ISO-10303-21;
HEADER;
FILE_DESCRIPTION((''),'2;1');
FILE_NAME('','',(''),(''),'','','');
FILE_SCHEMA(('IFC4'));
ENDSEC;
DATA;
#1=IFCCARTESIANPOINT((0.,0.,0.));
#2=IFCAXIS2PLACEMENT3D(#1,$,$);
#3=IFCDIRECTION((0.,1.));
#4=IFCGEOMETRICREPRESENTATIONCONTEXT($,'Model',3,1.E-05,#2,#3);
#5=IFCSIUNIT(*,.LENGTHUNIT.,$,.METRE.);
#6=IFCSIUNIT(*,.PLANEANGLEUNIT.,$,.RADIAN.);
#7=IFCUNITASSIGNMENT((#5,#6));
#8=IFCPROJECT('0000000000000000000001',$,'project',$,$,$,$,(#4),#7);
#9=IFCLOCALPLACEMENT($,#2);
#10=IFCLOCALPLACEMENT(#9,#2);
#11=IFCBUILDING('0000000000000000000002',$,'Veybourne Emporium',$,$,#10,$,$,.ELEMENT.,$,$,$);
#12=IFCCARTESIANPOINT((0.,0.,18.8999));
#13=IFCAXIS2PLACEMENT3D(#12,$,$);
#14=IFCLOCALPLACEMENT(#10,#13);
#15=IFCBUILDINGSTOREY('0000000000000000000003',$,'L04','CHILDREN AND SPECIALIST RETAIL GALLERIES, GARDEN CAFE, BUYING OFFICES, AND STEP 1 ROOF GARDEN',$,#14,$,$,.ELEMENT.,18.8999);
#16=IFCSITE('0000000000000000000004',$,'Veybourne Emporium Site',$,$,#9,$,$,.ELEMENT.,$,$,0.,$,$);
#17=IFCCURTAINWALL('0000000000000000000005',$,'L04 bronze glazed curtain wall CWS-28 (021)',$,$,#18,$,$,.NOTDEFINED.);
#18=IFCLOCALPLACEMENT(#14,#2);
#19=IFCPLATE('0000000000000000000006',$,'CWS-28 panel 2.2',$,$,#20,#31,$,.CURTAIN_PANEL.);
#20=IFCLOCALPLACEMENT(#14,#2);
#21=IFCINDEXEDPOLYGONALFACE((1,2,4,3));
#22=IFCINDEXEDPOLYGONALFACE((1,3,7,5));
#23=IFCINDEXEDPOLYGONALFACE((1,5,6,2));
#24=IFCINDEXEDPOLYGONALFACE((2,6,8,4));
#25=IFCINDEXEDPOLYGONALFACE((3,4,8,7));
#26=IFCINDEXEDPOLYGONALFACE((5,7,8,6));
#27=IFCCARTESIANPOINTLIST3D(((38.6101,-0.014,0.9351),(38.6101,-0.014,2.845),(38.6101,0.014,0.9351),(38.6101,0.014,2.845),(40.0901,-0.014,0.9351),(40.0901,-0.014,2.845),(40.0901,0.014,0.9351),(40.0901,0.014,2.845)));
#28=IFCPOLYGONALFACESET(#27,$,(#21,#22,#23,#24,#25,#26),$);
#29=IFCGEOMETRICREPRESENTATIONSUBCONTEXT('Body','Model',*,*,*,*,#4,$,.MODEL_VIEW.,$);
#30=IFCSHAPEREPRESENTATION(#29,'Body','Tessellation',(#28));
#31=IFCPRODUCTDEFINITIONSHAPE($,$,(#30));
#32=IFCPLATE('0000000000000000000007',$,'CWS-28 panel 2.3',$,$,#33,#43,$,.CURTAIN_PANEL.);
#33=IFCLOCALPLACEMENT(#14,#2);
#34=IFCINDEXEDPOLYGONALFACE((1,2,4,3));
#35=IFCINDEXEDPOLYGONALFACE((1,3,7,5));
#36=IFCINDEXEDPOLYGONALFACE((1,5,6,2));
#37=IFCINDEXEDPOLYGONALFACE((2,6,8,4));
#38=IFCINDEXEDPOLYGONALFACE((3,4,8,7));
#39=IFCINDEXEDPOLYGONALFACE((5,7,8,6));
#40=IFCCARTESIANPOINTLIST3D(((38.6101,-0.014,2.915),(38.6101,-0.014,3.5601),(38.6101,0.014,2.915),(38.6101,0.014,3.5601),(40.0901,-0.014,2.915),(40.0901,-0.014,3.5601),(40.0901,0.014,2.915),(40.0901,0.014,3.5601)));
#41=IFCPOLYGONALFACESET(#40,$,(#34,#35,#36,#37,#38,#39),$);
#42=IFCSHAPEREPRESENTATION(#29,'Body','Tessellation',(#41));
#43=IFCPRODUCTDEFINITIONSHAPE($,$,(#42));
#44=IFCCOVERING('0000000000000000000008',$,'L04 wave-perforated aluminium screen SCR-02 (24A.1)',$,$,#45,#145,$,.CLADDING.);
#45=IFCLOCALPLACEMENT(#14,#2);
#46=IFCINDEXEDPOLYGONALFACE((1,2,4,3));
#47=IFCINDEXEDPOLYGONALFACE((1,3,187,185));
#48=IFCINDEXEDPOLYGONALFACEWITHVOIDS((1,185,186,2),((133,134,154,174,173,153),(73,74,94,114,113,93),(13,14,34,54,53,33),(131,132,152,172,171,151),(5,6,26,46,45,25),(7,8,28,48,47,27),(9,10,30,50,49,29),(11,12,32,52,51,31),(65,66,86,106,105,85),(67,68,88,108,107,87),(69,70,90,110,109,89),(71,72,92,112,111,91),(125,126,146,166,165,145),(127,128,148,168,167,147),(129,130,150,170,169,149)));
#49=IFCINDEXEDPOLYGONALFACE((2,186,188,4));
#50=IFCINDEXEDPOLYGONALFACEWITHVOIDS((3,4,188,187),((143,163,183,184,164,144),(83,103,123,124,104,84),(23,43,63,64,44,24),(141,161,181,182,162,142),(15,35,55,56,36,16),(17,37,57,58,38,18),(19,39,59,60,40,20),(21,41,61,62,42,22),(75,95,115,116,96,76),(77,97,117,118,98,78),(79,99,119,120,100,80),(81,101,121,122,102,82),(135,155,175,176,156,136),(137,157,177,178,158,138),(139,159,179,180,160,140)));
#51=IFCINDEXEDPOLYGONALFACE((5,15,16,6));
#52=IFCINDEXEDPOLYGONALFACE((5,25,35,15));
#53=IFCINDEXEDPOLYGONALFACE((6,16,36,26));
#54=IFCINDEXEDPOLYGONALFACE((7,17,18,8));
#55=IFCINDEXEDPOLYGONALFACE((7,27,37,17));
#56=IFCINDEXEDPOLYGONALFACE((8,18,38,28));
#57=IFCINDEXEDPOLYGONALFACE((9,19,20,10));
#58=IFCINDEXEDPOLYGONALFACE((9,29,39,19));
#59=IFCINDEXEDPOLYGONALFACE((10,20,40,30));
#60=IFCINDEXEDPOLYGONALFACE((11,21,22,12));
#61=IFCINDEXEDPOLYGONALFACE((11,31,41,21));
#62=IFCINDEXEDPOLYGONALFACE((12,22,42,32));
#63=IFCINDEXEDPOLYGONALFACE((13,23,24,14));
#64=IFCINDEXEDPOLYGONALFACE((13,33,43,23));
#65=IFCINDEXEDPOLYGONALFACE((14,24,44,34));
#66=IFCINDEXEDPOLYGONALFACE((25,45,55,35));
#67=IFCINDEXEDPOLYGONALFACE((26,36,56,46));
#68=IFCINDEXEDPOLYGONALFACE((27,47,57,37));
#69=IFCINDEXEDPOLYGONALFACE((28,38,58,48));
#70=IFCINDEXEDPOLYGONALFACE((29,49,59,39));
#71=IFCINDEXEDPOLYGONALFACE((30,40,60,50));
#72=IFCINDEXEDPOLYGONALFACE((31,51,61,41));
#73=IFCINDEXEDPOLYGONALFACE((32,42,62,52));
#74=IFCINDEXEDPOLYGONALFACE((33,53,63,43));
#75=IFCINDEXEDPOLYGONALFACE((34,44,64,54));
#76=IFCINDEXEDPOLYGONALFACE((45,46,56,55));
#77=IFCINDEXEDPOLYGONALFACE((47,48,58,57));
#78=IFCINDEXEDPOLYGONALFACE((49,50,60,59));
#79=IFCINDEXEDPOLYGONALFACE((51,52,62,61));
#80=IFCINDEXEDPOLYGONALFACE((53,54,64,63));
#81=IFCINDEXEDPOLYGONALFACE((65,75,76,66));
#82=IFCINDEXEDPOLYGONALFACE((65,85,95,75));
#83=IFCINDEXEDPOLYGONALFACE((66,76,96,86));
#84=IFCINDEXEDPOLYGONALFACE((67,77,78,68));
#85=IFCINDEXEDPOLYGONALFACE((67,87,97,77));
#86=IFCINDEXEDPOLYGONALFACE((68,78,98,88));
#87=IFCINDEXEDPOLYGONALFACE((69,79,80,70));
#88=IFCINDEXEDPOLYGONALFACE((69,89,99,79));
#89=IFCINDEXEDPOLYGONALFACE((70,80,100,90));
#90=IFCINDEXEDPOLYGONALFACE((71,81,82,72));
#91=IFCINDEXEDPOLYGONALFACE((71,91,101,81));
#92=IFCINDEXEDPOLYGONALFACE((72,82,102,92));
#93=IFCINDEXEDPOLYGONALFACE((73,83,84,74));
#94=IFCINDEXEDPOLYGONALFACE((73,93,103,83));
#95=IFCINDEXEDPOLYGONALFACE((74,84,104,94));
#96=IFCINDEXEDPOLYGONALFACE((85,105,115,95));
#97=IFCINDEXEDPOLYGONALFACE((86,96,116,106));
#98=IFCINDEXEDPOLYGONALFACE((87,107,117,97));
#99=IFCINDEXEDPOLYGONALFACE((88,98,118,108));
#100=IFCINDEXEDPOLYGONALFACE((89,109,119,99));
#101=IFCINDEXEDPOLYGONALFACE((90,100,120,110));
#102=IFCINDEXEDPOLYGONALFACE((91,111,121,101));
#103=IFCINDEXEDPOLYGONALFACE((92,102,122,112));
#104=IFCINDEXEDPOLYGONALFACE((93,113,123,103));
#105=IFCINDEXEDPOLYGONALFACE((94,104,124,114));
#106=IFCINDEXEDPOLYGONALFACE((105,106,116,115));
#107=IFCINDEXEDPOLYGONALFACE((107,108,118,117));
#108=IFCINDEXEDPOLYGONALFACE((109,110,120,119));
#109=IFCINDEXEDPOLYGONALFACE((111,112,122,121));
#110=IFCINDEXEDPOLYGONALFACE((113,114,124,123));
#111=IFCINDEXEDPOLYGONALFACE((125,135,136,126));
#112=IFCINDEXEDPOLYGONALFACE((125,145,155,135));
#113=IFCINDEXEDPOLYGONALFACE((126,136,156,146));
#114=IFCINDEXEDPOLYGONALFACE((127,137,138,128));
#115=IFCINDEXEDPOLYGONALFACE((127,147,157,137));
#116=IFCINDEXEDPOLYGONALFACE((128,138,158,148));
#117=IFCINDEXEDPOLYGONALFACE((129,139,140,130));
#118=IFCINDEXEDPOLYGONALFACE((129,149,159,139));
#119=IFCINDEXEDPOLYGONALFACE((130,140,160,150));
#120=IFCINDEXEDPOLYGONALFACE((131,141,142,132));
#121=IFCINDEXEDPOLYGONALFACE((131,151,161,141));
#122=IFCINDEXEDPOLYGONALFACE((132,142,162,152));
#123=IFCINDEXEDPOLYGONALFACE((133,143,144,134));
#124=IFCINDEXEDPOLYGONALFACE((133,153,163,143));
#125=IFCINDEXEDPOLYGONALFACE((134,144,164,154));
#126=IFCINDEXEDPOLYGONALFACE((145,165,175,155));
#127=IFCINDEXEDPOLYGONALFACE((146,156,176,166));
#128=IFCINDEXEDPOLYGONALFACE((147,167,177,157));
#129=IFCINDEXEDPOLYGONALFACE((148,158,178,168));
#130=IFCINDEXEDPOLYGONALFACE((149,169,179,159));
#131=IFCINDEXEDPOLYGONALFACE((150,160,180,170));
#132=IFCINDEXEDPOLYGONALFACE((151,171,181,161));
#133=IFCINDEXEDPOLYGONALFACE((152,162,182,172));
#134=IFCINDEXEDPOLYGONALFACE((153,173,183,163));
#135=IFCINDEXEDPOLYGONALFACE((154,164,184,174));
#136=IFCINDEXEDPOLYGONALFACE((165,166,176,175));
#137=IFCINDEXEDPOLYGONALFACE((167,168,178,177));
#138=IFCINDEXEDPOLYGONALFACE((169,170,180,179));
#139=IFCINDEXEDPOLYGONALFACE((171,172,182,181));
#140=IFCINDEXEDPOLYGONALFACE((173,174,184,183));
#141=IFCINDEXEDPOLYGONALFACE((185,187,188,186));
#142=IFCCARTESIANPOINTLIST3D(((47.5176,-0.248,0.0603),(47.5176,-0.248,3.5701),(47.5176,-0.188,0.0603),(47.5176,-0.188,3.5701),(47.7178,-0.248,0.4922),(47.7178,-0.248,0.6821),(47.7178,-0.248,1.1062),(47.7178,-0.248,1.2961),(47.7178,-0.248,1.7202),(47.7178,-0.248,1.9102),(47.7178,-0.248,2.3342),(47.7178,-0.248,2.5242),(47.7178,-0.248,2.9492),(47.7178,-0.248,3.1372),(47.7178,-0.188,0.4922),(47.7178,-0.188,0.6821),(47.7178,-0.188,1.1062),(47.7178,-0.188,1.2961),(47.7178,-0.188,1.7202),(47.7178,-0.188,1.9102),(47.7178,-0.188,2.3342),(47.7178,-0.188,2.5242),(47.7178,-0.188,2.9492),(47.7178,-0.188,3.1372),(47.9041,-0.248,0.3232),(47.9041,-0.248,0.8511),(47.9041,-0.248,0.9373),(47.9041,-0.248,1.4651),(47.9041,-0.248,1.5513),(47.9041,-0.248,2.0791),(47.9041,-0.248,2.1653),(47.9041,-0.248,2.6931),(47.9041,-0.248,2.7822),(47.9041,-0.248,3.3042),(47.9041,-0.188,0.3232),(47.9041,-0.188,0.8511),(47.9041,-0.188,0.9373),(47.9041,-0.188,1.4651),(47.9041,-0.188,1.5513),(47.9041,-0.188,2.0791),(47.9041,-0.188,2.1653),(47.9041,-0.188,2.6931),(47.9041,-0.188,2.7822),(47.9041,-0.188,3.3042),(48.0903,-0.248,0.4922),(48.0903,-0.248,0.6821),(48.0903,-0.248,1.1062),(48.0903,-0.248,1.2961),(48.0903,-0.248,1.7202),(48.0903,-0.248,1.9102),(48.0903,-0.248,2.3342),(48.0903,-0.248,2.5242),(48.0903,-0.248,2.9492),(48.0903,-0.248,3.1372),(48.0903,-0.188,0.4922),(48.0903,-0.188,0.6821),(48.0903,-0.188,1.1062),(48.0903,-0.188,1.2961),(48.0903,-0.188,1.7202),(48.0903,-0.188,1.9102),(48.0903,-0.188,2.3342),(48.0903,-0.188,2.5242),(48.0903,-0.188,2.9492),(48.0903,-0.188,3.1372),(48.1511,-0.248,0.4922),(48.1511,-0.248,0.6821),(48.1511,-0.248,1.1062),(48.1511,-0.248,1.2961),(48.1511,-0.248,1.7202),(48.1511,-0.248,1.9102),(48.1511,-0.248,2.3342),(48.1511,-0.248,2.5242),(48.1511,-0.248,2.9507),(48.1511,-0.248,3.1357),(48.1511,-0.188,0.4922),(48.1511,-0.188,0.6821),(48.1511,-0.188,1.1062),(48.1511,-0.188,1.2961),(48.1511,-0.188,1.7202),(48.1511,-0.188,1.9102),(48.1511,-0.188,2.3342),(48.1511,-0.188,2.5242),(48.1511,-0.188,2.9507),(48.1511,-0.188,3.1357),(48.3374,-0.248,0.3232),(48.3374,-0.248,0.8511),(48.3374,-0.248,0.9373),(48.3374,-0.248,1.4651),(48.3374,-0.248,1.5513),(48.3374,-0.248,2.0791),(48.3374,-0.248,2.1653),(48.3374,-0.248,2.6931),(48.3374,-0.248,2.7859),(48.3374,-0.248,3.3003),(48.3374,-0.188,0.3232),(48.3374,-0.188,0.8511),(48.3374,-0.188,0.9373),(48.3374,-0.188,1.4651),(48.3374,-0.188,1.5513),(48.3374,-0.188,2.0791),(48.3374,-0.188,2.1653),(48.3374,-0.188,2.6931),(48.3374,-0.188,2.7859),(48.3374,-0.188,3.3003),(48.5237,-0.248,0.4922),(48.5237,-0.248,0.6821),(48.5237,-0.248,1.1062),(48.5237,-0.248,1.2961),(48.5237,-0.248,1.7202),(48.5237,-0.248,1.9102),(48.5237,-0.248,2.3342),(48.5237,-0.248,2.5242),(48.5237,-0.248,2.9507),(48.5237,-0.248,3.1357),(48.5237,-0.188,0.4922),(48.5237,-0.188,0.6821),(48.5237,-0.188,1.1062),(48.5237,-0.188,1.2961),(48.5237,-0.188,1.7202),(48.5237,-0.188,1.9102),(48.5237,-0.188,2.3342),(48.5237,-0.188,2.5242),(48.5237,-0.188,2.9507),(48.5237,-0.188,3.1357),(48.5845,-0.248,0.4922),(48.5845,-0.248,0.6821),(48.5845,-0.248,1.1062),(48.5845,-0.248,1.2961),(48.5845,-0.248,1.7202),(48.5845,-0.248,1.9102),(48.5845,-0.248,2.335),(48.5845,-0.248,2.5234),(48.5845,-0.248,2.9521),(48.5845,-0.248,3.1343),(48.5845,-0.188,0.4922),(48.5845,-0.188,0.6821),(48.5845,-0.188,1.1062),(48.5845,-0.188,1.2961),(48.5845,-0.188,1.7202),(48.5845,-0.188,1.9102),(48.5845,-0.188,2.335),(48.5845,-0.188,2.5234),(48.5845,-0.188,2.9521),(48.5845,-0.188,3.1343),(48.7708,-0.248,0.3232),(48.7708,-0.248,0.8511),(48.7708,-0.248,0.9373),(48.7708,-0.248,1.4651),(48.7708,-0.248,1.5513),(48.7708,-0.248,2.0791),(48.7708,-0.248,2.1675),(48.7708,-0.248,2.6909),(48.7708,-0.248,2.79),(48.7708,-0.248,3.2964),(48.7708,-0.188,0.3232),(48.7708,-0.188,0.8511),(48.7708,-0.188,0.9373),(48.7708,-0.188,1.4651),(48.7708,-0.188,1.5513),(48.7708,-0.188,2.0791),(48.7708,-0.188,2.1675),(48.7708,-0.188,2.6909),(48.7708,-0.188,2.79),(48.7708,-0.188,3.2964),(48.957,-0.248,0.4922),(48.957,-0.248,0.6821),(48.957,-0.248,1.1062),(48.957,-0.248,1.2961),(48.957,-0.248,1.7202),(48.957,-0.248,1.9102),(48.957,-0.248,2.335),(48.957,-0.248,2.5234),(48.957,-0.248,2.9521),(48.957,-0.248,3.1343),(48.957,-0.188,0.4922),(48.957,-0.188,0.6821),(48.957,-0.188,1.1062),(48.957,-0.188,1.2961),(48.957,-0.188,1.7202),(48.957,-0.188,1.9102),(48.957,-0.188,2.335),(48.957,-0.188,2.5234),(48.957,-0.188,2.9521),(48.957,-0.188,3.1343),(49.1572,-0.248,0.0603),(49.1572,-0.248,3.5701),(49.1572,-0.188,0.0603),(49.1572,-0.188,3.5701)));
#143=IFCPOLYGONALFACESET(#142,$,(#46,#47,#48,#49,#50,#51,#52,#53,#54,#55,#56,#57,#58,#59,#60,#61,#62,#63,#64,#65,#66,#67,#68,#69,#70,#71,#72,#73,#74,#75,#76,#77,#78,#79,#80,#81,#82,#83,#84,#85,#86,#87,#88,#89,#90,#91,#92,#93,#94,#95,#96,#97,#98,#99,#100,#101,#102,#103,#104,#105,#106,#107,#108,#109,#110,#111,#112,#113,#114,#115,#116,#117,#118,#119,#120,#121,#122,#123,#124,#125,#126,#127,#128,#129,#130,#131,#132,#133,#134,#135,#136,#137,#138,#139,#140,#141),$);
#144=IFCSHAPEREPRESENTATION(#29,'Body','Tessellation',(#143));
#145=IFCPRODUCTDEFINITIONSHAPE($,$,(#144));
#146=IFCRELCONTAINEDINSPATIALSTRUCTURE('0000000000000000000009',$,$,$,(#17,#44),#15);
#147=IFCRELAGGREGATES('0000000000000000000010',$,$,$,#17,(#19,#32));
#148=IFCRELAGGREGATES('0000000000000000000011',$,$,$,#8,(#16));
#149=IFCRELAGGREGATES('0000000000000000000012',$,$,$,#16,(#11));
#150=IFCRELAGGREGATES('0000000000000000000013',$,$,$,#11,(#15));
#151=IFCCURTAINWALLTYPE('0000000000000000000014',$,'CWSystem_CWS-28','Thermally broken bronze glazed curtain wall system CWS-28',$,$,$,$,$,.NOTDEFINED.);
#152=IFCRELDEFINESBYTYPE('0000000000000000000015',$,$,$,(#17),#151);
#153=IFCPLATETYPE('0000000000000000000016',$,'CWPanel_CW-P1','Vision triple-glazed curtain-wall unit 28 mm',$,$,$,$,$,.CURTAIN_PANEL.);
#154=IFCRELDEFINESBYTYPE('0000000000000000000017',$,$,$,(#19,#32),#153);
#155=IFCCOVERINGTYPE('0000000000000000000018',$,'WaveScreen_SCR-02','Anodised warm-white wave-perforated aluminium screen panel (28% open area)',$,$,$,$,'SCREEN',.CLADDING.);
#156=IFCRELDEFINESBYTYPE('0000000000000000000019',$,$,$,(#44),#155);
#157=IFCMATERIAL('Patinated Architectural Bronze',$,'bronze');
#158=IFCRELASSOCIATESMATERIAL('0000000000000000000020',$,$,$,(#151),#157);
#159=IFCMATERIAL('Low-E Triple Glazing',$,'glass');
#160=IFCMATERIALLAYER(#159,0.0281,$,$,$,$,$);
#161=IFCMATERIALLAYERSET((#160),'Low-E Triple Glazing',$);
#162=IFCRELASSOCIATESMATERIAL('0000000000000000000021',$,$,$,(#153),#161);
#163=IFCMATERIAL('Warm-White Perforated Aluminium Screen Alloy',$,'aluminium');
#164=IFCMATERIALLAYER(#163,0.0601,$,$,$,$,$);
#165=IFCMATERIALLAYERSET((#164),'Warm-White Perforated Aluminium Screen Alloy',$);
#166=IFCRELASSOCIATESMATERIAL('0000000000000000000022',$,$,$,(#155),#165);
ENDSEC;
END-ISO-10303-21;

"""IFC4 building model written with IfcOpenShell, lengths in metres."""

from ifc_helpers import new_model, si_unit, direction, frame, origin, origin_2d, place, context, subcontext, project, spatial, polyline, rectangle, outline, extrude, material, layer, layer_set, type_object, element, aggregate, save


model = new_model("IFC4")

# Units and contexts
model_context = context("Model", 3, precision=1e-05, world=origin(), true_north=direction((0.0, 1.0)))
body_context = subcontext(model_context, "Body", "Model", "MODEL_VIEW")
ifc_project = project(units=[si_unit("LENGTHUNIT", "METRE"), si_unit("PLANEANGLEUNIT", "RADIAN")], contexts=[model_context])

# Site, building, storey
site_placement = place(None, origin())
site = spatial("IfcSite", under=ifc_project, at=site_placement, Name="Veybourne Emporium Site", CompositionType="ELEMENT", RefElevation=0.0)
building_placement = place(site_placement, origin())
building = spatial("IfcBuilding", under=site, at=building_placement, Name="Veybourne Emporium", CompositionType="ELEMENT")
storey_placement = place(building_placement, frame((0.0, 0.0, 18.8999)))
storey = spatial("IfcBuildingStorey", under=building, at=storey_placement, Name="L04", Description="CHILDREN AND SPECIALIST RETAIL GALLERIES, GARDEN CAFE, BUYING OFFICES, AND STEP 1 ROOF GARDEN", CompositionType="ELEMENT", Elevation=18.8999)

# Curtain wall, plates
ifc_material_1 = material(Name="Patinated Architectural Bronze", Category="bronze")
curtain_wall_type = type_object("IfcCurtainWallType", Name="CWSystem_CWS-28", Description="Thermally broken bronze glazed curtain wall system CWS-28", PredefinedType="NOTDEFINED", material=ifc_material_1)
curtain_wall_placement = place(storey_placement, origin())
curtain_wall = element("IfcCurtainWall", 1, at=curtain_wall_placement, inside=storey, type_object=curtain_wall_type, Name="L04 bronze glazed curtain wall CWS-28 (021)", PredefinedType="NOTDEFINED")
ifc_material_2 = material(Name="Low-E Triple Glazing", Category="glass")
ifc_layer_1 = layer(ifc_material_2, 0.0281)
ifc_layer_set_1 = layer_set([ifc_layer_1], Name="Low-E Triple Glazing")
plate_type = type_object("IfcPlateType", Name="CWPanel_CW-P1", Description="Vision triple-glazed curtain-wall unit 28 mm", PredefinedType="CURTAIN_PANEL", material=ifc_layer_set_1)
plate_1_placement = place(storey_placement, frame((39.3501, 0.0, 0.9351), z_axis=(0.0, 0.0, 1.0), x_axis=(-1.0, 0.0, 0.0)))
plate_1 = element("IfcPlate", 2, at=plate_1_placement, type_object=plate_type, Name="CWS-28 panel 2.2", PredefinedType="CURTAIN_PANEL", context=body_context, shape_type="SweptSolid", body=[
    extrude(rectangle(XDim=1.48, YDim=0.0281, at=origin_2d()), origin(), (0.0, 0.0, 1.0), 1.9099),
])
plate_2_placement = place(storey_placement, frame((39.3501, 0.0, 2.915), z_axis=(0.0, 0.0, 1.0), x_axis=(-1.0, 0.0, 0.0)))
plate_2 = element("IfcPlate", 3, at=plate_2_placement, type_object=plate_type, Name="CWS-28 panel 2.3", PredefinedType="CURTAIN_PANEL", context=body_context, shape_type="SweptSolid", body=[
    extrude(rectangle(XDim=1.48, YDim=0.0281, at=origin_2d()), origin(), (0.0, 0.0, 1.0), 0.645),
])
aggregate(curtain_wall, [plate_1, plate_2])

# Covering
ifc_material_3 = material(Name="Warm-White Perforated Aluminium Screen Alloy", Category="aluminium")
ifc_layer_2 = layer(ifc_material_3, 0.0601)
ifc_layer_set_2 = layer_set([ifc_layer_2], Name="Warm-White Perforated Aluminium Screen Alloy")
covering_type_1 = type_object("IfcCoveringType", Name="WaveScreen_SCR-02", Description="Anodised warm-white wave-perforated aluminium screen panel (28% open area)", ElementType="SCREEN", PredefinedType="CLADDING", material=ifc_layer_set_2)
covering_1_placement = place(storey_placement, frame((48.3374, -0.248, 1.8152), z_axis=(0.0, 1.0, 0.0), x_axis=(-1.0, 0.0, 0.0)))
element("IfcCovering", 4, at=covering_1_placement, inside=storey, type_object=covering_type_1, Name="L04 wave-perforated aluminium screen SCR-02 (24A.1)", PredefinedType="CLADDING", context=body_context, shape_type="SweptSolid", body=[
    extrude(outline(polyline([(-0.8198, -1.7549), (0.8198, -1.7549), (0.8198, 1.7549), (-0.8198, 1.7549), (-0.8198, -1.7549)]), holes=[polyline([(-0.4333, -0.9641), (-0.2471, -1.1331), (-0.2471, -1.323), (-0.4333, -1.4919), (-0.6196, -1.323), (-0.6196, -1.1331), (-0.4333, -0.9641)]), polyline([(-0.4333, -0.3501), (-0.2471, -0.519), (-0.2471, -0.709), (-0.4333, -0.8779), (-0.6196, -0.709), (-0.6196, -0.519), (-0.4333, -0.3501)]), polyline([(-0.4333, 0.2639), (-0.2471, 0.095), (-0.2471, -0.095), (-0.4333, -0.2639), (-0.6196, -0.095), (-0.6196, 0.095), (-0.4333, 0.2639)]), polyline([(-0.4333, 0.8757), (-0.2471, 0.7083), (-0.2471, 0.5198), (-0.4333, 0.3523), (-0.6196, 0.5198), (-0.6196, 0.7083), (-0.4333, 0.8757)]), polyline([(-0.4333, 1.4812), (-0.2471, 1.3191), (-0.2471, 1.137), (-0.4333, 0.9749), (-0.6196, 1.137), (-0.6196, 1.3191), (-0.4333, 1.4812)]), polyline([(0.0, -0.9641), (0.1863, -1.1331), (0.1863, -1.323), (0.0, -1.4919), (-0.1863, -1.323), (-0.1863, -1.1331), (0.0, -0.9641)]), polyline([(0.0, -0.3501), (0.1863, -0.519), (0.1863, -0.709), (0.0, -0.8779), (-0.1863, -0.709), (-0.1863, -0.519), (0.0, -0.3501)]), polyline([(0.0, 0.2639), (0.1863, 0.095), (0.1863, -0.095), (0.0, -0.2639), (-0.1863, -0.095), (-0.1863, 0.095), (0.0, 0.2639)]), polyline([(0.0, 0.8779), (0.1863, 0.709), (0.1863, 0.519), (0.0, 0.3501), (-0.1863, 0.519), (-0.1863, 0.709), (0.0, 0.8779)]), polyline([(0.0, 1.4851), (0.1863, 1.3206), (0.1863, 1.1355), (0.0, 0.9707), (-0.1863, 1.1355), (-0.1863, 1.3206), (0.0, 1.4851)]), polyline([(0.4333, -0.9641), (0.6196, -1.1331), (0.6196, -1.323), (0.4333, -1.4919), (0.2471, -1.323), (0.2471, -1.1331), (0.4333, -0.9641)]), polyline([(0.4333, -0.3501), (0.6196, -0.519), (0.6196, -0.709), (0.4333, -0.8779), (0.2471, -0.709), (0.2471, -0.519), (0.4333, -0.3501)]), polyline([(0.4333, 0.2639), (0.6196, 0.095), (0.6196, -0.095), (0.4333, -0.2639), (0.2471, -0.095), (0.2471, 0.095), (0.4333, 0.2639)]), polyline([(0.4333, 0.8779), (0.6196, 0.709), (0.6196, 0.519), (0.4333, 0.3501), (0.2471, 0.519), (0.2471, 0.709), (0.4333, 0.8779)]), polyline([(0.4333, 1.489), (0.6196, 1.322), (0.6196, 1.134), (0.4333, 0.967), (0.2471, 1.134), (0.2471, 1.322), (0.4333, 1.489)])]), origin(), (0.0, 0.0, 1.0), 0.0601),
])

save(model, "model.ifc")
